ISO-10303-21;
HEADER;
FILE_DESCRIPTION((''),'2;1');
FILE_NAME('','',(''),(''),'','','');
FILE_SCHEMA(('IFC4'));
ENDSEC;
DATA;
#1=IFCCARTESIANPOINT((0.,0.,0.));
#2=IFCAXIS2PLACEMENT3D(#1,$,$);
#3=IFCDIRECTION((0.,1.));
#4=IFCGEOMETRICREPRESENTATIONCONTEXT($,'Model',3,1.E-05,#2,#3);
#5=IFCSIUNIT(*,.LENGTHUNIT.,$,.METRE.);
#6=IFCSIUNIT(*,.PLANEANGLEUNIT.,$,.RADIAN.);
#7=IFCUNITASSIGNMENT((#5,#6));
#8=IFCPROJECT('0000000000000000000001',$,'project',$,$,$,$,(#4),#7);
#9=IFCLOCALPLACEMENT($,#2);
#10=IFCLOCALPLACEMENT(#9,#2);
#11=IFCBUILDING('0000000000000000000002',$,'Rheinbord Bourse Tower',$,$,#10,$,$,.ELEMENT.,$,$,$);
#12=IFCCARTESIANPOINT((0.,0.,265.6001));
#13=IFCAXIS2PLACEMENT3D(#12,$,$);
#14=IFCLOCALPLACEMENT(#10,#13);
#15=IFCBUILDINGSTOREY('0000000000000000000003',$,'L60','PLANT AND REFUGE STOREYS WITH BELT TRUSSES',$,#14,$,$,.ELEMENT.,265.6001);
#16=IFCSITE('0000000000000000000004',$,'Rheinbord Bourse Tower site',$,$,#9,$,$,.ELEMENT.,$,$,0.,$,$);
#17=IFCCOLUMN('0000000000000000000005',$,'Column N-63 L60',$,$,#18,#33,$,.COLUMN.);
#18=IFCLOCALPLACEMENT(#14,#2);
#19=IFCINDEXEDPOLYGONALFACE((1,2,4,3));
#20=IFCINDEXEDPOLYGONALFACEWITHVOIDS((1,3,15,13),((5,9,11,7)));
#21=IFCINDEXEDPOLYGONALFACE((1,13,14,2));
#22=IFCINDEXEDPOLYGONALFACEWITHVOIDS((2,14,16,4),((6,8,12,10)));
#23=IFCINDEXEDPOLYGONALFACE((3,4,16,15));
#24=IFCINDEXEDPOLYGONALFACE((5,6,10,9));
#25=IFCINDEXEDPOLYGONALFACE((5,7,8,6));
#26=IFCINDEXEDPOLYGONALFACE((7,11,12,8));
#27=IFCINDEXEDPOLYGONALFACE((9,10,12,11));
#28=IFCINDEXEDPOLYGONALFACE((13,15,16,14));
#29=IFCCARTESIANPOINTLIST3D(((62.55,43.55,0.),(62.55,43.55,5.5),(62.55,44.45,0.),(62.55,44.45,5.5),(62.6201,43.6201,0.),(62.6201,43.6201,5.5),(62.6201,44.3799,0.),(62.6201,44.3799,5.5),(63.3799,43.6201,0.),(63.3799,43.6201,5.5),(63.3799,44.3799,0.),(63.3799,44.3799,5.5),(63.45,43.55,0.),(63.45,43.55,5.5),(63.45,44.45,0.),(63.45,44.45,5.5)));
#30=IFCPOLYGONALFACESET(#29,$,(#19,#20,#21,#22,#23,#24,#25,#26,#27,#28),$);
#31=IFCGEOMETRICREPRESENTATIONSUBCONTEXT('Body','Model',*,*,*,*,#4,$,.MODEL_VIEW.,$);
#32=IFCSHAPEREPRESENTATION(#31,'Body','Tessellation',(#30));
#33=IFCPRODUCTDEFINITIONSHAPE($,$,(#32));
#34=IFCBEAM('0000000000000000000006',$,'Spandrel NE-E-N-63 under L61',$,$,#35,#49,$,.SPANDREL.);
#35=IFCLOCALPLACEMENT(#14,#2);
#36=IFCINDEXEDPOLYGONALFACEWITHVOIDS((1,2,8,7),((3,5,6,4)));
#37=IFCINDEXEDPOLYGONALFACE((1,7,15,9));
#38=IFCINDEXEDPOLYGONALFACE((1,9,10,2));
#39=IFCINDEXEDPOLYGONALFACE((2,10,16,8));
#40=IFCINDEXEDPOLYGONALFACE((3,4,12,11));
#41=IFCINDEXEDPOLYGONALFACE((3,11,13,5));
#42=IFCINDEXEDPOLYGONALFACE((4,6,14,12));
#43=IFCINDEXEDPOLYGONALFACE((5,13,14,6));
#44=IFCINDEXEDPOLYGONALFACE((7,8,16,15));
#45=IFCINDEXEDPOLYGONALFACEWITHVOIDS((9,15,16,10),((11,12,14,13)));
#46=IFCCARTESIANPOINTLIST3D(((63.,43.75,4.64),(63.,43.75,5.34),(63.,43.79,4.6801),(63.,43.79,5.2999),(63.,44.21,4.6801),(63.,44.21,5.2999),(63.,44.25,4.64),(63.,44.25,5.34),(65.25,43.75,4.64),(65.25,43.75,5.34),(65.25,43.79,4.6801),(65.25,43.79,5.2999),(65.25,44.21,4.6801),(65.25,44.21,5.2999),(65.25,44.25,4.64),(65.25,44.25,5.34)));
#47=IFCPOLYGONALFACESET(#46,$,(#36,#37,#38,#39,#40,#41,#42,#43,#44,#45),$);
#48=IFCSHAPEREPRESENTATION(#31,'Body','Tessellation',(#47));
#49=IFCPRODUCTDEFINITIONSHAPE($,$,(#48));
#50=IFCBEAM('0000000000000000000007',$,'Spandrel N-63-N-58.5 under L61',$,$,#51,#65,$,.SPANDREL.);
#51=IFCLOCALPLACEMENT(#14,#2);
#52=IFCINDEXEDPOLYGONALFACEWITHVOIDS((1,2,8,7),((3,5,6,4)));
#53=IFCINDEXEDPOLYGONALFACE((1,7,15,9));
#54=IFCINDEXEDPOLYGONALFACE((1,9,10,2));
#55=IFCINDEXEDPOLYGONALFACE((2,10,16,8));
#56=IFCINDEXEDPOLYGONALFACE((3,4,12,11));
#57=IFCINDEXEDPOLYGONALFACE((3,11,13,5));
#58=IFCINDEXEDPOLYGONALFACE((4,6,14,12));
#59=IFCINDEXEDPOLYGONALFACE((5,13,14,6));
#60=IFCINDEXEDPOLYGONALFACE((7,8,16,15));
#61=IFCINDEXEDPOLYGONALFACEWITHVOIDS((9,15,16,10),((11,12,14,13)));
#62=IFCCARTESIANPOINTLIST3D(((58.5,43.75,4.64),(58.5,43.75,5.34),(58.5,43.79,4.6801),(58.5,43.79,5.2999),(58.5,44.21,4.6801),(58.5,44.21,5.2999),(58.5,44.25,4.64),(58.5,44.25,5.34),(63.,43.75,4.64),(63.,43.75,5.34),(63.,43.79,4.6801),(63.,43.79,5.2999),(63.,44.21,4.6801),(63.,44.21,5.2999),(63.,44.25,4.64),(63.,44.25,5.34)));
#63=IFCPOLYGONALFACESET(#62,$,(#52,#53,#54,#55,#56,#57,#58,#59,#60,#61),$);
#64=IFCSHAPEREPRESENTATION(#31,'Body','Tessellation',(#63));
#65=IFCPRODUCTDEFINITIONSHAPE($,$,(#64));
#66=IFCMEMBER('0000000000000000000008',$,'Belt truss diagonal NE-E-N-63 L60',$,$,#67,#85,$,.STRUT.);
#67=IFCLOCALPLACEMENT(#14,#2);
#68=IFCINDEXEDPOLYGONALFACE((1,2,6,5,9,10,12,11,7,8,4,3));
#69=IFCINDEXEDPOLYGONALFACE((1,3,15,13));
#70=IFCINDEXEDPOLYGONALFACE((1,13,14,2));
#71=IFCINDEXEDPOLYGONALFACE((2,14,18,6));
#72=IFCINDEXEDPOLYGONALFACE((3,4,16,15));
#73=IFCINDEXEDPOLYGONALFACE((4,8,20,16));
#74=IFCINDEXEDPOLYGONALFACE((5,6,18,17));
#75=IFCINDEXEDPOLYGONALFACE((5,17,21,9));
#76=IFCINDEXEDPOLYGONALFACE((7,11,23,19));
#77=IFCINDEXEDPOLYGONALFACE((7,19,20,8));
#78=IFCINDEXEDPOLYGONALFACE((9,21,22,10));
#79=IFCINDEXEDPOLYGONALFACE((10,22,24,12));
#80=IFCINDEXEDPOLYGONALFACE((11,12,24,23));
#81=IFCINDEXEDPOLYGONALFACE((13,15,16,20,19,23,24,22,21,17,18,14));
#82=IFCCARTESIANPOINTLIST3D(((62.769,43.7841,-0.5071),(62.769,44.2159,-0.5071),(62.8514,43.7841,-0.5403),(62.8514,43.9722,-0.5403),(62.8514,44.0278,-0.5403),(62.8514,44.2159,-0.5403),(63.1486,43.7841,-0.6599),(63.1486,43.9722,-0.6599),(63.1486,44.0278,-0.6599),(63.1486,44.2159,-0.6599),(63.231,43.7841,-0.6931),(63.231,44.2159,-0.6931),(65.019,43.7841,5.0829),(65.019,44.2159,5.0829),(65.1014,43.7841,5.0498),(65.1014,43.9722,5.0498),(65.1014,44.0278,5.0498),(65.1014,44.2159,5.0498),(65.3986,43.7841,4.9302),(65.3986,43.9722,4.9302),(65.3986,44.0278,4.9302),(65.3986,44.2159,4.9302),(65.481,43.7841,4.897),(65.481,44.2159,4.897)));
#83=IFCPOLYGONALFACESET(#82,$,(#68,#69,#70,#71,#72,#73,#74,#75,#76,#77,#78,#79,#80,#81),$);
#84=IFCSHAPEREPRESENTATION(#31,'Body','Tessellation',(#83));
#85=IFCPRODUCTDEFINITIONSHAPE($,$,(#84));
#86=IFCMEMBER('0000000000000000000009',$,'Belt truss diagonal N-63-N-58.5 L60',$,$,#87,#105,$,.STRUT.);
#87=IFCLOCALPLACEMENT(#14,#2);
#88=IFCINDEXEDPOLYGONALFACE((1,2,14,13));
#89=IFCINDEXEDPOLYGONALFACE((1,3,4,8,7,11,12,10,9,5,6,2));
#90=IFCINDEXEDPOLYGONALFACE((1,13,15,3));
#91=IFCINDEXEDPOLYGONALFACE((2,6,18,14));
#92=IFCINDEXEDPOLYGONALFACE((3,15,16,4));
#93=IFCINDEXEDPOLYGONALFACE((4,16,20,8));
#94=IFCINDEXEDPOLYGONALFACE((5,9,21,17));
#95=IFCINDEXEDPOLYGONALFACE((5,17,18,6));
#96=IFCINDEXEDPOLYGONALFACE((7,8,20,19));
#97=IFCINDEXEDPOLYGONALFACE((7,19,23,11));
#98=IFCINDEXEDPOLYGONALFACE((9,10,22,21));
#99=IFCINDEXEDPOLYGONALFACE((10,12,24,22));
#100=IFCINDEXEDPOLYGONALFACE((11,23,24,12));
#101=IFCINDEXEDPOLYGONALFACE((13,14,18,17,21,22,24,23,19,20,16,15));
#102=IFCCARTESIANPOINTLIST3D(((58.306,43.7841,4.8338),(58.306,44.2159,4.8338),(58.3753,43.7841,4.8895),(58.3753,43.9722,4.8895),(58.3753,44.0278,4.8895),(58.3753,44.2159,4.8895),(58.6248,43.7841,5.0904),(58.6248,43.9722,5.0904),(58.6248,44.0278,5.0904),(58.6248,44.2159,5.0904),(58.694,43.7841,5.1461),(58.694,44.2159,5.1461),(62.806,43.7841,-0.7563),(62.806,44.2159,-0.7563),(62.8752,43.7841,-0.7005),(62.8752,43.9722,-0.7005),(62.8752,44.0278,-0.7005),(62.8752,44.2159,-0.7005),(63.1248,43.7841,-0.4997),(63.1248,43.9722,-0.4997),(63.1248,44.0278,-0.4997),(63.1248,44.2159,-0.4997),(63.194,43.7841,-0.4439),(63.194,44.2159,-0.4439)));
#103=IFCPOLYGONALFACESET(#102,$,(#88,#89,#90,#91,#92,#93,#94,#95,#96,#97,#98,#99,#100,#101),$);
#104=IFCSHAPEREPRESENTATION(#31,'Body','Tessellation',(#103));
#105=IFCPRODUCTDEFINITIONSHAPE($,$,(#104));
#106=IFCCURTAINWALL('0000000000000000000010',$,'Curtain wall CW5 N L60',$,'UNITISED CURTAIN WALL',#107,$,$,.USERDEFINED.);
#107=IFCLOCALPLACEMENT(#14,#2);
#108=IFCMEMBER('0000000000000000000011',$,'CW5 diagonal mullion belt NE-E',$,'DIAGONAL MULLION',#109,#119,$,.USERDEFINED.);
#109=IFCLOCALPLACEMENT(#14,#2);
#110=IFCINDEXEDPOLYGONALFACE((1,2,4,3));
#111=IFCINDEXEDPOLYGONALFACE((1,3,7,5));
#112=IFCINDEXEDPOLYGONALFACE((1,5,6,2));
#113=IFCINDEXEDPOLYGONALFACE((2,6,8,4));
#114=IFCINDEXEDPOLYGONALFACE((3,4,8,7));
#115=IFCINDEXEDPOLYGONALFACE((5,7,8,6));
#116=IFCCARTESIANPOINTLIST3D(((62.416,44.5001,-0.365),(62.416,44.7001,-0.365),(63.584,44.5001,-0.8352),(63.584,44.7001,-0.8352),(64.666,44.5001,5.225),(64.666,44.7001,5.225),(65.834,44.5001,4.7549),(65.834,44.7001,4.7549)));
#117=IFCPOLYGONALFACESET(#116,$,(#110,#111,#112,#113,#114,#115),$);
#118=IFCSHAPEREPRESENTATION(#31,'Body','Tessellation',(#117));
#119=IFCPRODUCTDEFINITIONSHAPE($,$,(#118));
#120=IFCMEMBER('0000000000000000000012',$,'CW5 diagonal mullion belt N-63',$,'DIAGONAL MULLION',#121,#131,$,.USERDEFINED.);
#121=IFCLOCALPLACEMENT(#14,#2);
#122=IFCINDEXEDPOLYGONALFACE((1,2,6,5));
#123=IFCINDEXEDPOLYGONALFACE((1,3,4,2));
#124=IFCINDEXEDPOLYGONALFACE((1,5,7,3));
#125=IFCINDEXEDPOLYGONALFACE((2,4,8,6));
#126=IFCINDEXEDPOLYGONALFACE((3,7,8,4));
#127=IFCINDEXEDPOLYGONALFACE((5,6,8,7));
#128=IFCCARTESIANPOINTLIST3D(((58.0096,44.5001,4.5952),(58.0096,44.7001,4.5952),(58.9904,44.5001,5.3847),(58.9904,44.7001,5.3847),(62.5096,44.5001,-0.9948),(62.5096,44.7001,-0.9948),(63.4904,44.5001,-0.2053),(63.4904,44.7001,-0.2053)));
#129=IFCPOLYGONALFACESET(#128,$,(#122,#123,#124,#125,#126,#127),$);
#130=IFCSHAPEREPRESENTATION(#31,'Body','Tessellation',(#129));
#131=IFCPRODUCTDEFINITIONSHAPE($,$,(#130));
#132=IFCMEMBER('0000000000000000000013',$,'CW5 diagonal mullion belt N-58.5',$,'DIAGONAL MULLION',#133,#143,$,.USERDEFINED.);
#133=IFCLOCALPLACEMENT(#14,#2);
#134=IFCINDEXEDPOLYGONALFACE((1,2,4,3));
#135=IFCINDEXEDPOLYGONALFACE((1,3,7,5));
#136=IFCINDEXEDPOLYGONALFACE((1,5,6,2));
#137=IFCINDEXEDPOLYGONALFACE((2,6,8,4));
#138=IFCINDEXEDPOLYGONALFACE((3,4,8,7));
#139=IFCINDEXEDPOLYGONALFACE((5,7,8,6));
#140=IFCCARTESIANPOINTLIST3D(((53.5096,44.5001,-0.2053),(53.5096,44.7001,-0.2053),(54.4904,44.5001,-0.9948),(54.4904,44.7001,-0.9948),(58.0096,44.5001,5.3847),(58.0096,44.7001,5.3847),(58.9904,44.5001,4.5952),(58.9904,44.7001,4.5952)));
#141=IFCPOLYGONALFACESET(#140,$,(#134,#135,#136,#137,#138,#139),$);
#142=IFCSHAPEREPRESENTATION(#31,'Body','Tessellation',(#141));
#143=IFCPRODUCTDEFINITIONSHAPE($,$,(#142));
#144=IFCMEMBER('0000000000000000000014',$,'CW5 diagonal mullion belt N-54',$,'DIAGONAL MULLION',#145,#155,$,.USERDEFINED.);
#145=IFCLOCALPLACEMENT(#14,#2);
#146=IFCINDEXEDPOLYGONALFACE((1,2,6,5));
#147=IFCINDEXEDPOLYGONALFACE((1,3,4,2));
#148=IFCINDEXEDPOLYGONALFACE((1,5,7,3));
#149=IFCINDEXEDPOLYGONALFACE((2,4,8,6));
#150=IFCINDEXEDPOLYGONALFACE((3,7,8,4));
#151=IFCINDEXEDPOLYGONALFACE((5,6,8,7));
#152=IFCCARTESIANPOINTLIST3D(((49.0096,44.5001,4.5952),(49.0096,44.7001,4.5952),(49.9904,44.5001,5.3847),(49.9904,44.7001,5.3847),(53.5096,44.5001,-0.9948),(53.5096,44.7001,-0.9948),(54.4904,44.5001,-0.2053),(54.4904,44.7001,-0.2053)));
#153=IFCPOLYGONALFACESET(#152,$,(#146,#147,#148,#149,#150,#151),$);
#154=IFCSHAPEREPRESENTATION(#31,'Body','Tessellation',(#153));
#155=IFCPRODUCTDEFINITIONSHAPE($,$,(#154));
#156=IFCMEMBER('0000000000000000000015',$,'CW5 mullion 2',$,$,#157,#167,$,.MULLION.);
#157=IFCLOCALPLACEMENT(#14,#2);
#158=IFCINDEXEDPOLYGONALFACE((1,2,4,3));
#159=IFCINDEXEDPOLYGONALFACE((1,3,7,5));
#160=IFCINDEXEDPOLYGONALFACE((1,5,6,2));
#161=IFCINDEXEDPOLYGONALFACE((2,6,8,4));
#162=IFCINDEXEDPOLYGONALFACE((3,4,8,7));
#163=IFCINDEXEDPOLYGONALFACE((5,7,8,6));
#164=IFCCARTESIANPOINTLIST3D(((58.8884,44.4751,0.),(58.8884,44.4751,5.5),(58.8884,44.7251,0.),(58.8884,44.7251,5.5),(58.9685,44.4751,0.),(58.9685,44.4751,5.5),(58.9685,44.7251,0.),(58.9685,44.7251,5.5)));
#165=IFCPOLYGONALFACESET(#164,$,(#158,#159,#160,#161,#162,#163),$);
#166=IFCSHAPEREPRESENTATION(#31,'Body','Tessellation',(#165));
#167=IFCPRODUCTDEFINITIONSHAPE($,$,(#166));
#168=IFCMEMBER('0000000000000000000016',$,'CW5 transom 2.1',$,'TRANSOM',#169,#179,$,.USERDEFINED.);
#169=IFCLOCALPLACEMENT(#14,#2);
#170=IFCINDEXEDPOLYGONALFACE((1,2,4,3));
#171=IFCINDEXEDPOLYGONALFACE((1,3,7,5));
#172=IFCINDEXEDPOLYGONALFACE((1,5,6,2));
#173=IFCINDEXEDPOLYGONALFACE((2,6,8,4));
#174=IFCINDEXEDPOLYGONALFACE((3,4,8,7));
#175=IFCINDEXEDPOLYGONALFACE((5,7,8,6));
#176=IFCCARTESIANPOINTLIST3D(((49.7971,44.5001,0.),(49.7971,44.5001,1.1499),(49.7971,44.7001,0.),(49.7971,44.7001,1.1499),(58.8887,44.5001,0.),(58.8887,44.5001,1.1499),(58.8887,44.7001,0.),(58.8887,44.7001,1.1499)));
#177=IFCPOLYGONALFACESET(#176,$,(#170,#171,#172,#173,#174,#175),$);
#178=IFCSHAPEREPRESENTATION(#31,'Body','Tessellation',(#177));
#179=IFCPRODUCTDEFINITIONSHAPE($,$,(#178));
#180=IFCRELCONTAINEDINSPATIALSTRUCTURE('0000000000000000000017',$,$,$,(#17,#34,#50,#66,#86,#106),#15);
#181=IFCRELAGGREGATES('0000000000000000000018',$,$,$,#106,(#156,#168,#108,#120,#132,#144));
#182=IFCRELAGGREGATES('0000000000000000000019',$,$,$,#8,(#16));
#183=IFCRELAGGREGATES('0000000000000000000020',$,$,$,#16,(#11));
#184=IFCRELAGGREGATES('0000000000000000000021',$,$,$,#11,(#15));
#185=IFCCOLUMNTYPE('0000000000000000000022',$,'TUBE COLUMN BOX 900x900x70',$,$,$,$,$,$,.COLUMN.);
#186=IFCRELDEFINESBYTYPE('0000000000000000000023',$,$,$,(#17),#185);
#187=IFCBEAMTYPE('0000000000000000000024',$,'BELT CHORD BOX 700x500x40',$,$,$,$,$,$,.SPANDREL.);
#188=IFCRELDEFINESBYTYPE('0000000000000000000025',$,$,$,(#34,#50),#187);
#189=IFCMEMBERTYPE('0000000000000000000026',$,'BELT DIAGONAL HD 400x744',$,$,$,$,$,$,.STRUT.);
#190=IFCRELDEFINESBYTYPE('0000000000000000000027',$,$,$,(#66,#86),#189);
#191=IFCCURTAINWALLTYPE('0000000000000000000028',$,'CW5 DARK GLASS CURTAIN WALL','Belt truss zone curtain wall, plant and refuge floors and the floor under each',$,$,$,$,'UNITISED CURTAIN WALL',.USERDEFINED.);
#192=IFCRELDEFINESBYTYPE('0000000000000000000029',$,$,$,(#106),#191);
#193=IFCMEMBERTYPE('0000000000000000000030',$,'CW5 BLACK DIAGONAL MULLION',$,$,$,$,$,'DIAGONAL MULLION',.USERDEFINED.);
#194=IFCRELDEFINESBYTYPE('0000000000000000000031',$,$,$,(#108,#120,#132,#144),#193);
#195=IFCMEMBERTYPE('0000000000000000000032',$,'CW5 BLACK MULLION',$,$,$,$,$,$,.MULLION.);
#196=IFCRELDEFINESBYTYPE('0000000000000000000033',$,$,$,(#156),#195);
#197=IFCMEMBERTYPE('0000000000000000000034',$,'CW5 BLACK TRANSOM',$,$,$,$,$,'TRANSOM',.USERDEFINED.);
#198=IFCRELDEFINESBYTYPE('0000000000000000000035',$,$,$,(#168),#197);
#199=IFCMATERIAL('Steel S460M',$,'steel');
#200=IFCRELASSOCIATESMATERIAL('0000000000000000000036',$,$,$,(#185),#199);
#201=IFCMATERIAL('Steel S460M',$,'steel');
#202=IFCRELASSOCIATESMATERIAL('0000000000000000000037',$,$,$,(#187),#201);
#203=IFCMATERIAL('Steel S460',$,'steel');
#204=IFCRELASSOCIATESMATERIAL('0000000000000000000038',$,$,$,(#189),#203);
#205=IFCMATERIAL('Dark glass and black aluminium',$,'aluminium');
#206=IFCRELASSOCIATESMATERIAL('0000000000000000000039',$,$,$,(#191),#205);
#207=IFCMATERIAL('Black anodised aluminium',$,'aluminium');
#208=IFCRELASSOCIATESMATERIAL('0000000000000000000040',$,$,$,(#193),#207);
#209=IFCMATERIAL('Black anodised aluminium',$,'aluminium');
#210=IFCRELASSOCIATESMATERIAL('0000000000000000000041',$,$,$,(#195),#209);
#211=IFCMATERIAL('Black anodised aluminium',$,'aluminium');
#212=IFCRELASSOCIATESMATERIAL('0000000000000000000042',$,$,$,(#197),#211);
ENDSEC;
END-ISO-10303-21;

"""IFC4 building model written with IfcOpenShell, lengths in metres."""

from ifc_helpers import new_model, si_unit, direction, frame, origin, origin_2d, place, context, subcontext, project, spatial, rectangle, hollow_rectangle, i_section, extrude, material, material_profile, profile_set, type_object, element, aggregate, save


model = new_model("IFC4")

# Units and contexts
model_context = context("Model", 3, precision=1e-05, world=origin(), true_north=direction((0.0, 1.0)))
body_context = subcontext(model_context, "Body", "Model", "MODEL_VIEW")
ifc_project = project(units=[si_unit("LENGTHUNIT", "METRE"), si_unit("PLANEANGLEUNIT", "RADIAN")], contexts=[model_context])

# Site, building, storey
site_placement = place(None, origin())
site = spatial("IfcSite", under=ifc_project, at=site_placement, Name="Rheinbord Bourse Tower site", CompositionType="ELEMENT", RefElevation=0.0)
building_placement = place(site_placement, origin())
building = spatial("IfcBuilding", under=site, at=building_placement, Name="Rheinbord Bourse Tower", CompositionType="ELEMENT")
storey_placement = place(building_placement, frame((0.0, 0.0, 265.6001)))
storey = spatial("IfcBuildingStorey", under=building, at=storey_placement, Name="L60", Description="PLANT AND REFUGE STOREYS WITH BELT TRUSSES", CompositionType="ELEMENT", Elevation=265.6001)

# Column
ifc_material_1 = material(Name="Steel S460M", Category="steel")
ifc_material_profile_1 = material_profile(ifc_material_1, hollow_rectangle(XDim=0.8999, YDim=0.8999, WallThickness=0.0701, at=origin_2d()), Name="BOX 900x900x70")
ifc_profile_set_1 = profile_set([ifc_material_profile_1], Name="Steel S460M")
column_type = type_object("IfcColumnType", Name="TUBE COLUMN BOX 900x900x70", PredefinedType="COLUMN", material=ifc_profile_set_1)
column_placement = place(storey_placement, frame((63.0, 44.0, 0.0), z_axis=(0.0, 0.0, 1.0), x_axis=(0.0, 1.0, 0.0)))
element("IfcColumn", 1, at=column_placement, inside=storey, type_object=column_type, Name="Column N-63 L60", PredefinedType="COLUMN", context=body_context, shape_type="SweptSolid", body=[
    extrude(hollow_rectangle(XDim=0.8999, YDim=0.8999, WallThickness=0.0701, at=origin_2d()), origin(), (0.0, 0.0, 1.0), 5.5),
])

# Beams
ifc_material_2 = material(Name="Steel S460M", Category="steel")
ifc_material_profile_2 = material_profile(ifc_material_2, hollow_rectangle(XDim=0.5, YDim=0.7, WallThickness=0.04, at=origin_2d()), Name="BOX 700x500x40")
ifc_profile_set_2 = profile_set([ifc_material_profile_2], Name="Steel S460M")
beam_type_1 = type_object("IfcBeamType", Name="BELT CHORD BOX 700x500x40", PredefinedType="SPANDREL", material=ifc_profile_set_2)
beam_1_placement = place(storey_placement, frame((65.25, 44.0, 4.99), z_axis=(-1.0, 0.0, 0.0), x_axis=(0.0, -1.0, 0.0)))
element("IfcBeam", 2, at=beam_1_placement, inside=storey, type_object=beam_type_1, Name="Spandrel NE-E-N-63 under L61", PredefinedType="SPANDREL", context=body_context, shape_type="SweptSolid", body=[
    extrude(hollow_rectangle(XDim=0.5, YDim=0.7, WallThickness=0.04, at=origin_2d()), origin(), (0.0, 0.0, 1.0), 2.25),
])
beam_2_placement = place(storey_placement, frame((63.0, 44.0, 4.99), z_axis=(-1.0, 0.0, 0.0), x_axis=(0.0, -1.0, 0.0)))
element("IfcBeam", 3, at=beam_2_placement, inside=storey, type_object=beam_type_1, Name="Spandrel N-63-N-58.5 under L61", PredefinedType="SPANDREL", context=body_context, shape_type="SweptSolid", body=[
    extrude(hollow_rectangle(XDim=0.5, YDim=0.7, WallThickness=0.04, at=origin_2d()), origin(), (0.0, 0.0, 1.0), 4.5),
])

# Members
ifc_material_3 = material(Name="Steel S460", Category="steel")
ifc_material_profile_3 = material_profile(ifc_material_3, i_section(OverallWidth=0.4319, OverallDepth=0.498, WebThickness=0.0557, FlangeThickness=0.0889, at=origin_2d()), Name="HD 400x744")
ifc_profile_set_3 = profile_set([ifc_material_profile_3], Name="Steel S460")
member_type_1 = type_object("IfcMemberType", Name="BELT DIAGONAL HD 400x744", PredefinedType="STRUT", material=ifc_profile_set_3)
member_1_placement = place(storey_placement, frame((63.0, 44.0, -0.6001), z_axis=(0.373388, 0.0, 0.927675), x_axis=(0.0, 1.0, 0.0)))
element("IfcMember", 4, at=member_1_placement, inside=storey, type_object=member_type_1, Name="Belt truss diagonal NE-E-N-63 L60", PredefinedType="STRUT", context=body_context, shape_type="SweptSolid", body=[
    extrude(i_section(OverallWidth=0.4319, OverallDepth=0.498, WebThickness=0.0557, FlangeThickness=0.0889, at=origin_2d()), origin(), (0.0, 0.0, 1.0), 6.0259),
])
member_2_placement = place(storey_placement, frame((63.0, 44.0, -0.6001), z_axis=(-0.627065, 0.0, 0.778967), x_axis=(0.0, -1.0, 0.0)))
element("IfcMember", 5, at=member_2_placement, inside=storey, type_object=member_type_1, Name="Belt truss diagonal N-63-N-58.5 L60", PredefinedType="STRUT", context=body_context, shape_type="SweptSolid", body=[
    extrude(i_section(OverallWidth=0.4319, OverallDepth=0.498, WebThickness=0.0557, FlangeThickness=0.0889, at=origin_2d()), origin(), (0.0, 0.0, 1.0), 7.1763),
])

# Curtain wall, members
ifc_material_4 = material(Name="Dark glass and black aluminium", Category="aluminium")
curtain_wall_type = type_object("IfcCurtainWallType", Name="CW5 DARK GLASS CURTAIN WALL", Description="Belt truss zone curtain wall, plant and refuge floors and the floor under each", ElementType="UNITISED CURTAIN WALL", PredefinedType="USERDEFINED", material=ifc_material_4)
curtain_wall_placement = place(storey_placement, origin())
curtain_wall = element("IfcCurtainWall", 6, at=curtain_wall_placement, inside=storey, type_object=curtain_wall_type, Name="Curtain wall CW5 N L60", ObjectType="UNITISED CURTAIN WALL", PredefinedType="USERDEFINED")
ifc_material_5 = material(Name="Black anodised aluminium", Category="aluminium")
ifc_material_profile_4 = material_profile(ifc_material_5, rectangle(XDim=0.2, YDim=1.259, at=origin_2d()), Name="CW5 DIAGONAL MULLION 1259x200")
ifc_profile_set_4 = profile_set([ifc_material_profile_4], Name="Black anodised aluminium")
member_type_2 = type_object("IfcMemberType", Name="CW5 BLACK DIAGONAL MULLION", ElementType="DIAGONAL MULLION", PredefinedType="USERDEFINED", material=ifc_profile_set_4)
member_3_placement = place(storey_placement, frame((63.0, 44.6001, -0.6001), z_axis=(0.373388, 0.0, 0.927675), x_axis=(0.0, 1.0, 0.0)))
member_3 = element("IfcMember", 7, at=member_3_placement, type_object=member_type_2, Name="CW5 diagonal mullion belt NE-E", ObjectType="DIAGONAL MULLION", PredefinedType="USERDEFINED", context=body_context, shape_type="SweptSolid", body=[
    extrude(rectangle(XDim=0.2, YDim=1.259, at=origin_2d()), origin(), (0.0, 0.0, 1.0), 6.0259),
])
member_4_placement = place(storey_placement, frame((63.0, 44.6001, -0.6001), z_axis=(-0.627065, 0.0, 0.778967), x_axis=(0.0, -1.0, 0.0)))
member_4 = element("IfcMember", 8, at=member_4_placement, type_object=member_type_2, Name="CW5 diagonal mullion belt N-63", ObjectType="DIAGONAL MULLION", PredefinedType="USERDEFINED", context=body_context, shape_type="SweptSolid", body=[
    extrude(rectangle(XDim=0.2, YDim=1.259, at=origin_2d()), origin(), (0.0, 0.0, 1.0), 7.1763),
])
member_5_placement = place(storey_placement, frame((54.0, 44.6001, -0.6001), z_axis=(0.627065, 0.0, 0.778967), x_axis=(0.0, 1.0, 0.0)))
member_5 = element("IfcMember", 9, at=member_5_placement, type_object=member_type_2, Name="CW5 diagonal mullion belt N-58.5", ObjectType="DIAGONAL MULLION", PredefinedType="USERDEFINED", context=body_context, shape_type="SweptSolid", body=[
    extrude(rectangle(XDim=0.2, YDim=1.259, at=origin_2d()), origin(), (0.0, 0.0, 1.0), 7.1763),
])
member_6_placement = place(storey_placement, frame((54.0, 44.6001, -0.6001), z_axis=(-0.627065, 0.0, 0.778967), x_axis=(0.0, -1.0, 0.0)))
member_6 = element("IfcMember", 10, at=member_6_placement, type_object=member_type_2, Name="CW5 diagonal mullion belt N-54", ObjectType="DIAGONAL MULLION", PredefinedType="USERDEFINED", context=body_context, shape_type="SweptSolid", body=[
    extrude(rectangle(XDim=0.2, YDim=1.259, at=origin_2d()), origin(), (0.0, 0.0, 1.0), 7.1763),
])
ifc_material_6 = material(Name="Black anodised aluminium", Category="aluminium")
ifc_material_profile_5 = material_profile(ifc_material_6, rectangle(XDim=0.25, YDim=0.0801, at=origin_2d()), Name="CW5 MULLION 80x250")
ifc_profile_set_5 = profile_set([ifc_material_profile_5], Name="Black anodised aluminium")
member_type_3 = type_object("IfcMemberType", Name="CW5 BLACK MULLION", PredefinedType="MULLION", material=ifc_profile_set_5)
member_7_placement = place(storey_placement, frame((58.9285, 44.6001, 0.0), z_axis=(0.0, 0.0, 1.0), x_axis=(0.0, -1.0, 0.0)))
member_7 = element("IfcMember", 11, at=member_7_placement, type_object=member_type_3, Name="CW5 mullion 2", PredefinedType="MULLION", context=body_context, shape_type="SweptSolid", body=[
    extrude(rectangle(XDim=0.25, YDim=0.0801, at=origin_2d()), origin(), (0.0, 0.0, 1.0), 5.5),
])
ifc_material_7 = material(Name="Black anodised aluminium", Category="aluminium")
ifc_material_profile_6 = material_profile(ifc_material_7, rectangle(XDim=0.2, YDim=1.1499, at=origin_2d()), Name="CW5 TRANSOM 1150x200")
ifc_profile_set_6 = profile_set([ifc_material_profile_6], Name="Black anodised aluminium")
member_type_4 = type_object("IfcMemberType", Name="CW5 BLACK TRANSOM", ElementType="TRANSOM", PredefinedType="USERDEFINED", material=ifc_profile_set_6)
member_8_placement = place(storey_placement, frame((58.8887, 44.6001, 0.575), z_axis=(-1.0, 0.0, 0.0), x_axis=(0.0, -1.0, 0.0)))
member_8 = element("IfcMember", 12, at=member_8_placement, type_object=member_type_4, Name="CW5 transom 2.1", ObjectType="TRANSOM", PredefinedType="USERDEFINED", context=body_context, shape_type="SweptSolid", body=[
    extrude(rectangle(XDim=0.2, YDim=1.1499, at=origin_2d()), origin(), (0.0, 0.0, 1.0), 9.0916),
])

aggregate(curtain_wall, [member_7, member_8, member_3, member_4, member_5, member_6])

save(model, "model.ifc")
